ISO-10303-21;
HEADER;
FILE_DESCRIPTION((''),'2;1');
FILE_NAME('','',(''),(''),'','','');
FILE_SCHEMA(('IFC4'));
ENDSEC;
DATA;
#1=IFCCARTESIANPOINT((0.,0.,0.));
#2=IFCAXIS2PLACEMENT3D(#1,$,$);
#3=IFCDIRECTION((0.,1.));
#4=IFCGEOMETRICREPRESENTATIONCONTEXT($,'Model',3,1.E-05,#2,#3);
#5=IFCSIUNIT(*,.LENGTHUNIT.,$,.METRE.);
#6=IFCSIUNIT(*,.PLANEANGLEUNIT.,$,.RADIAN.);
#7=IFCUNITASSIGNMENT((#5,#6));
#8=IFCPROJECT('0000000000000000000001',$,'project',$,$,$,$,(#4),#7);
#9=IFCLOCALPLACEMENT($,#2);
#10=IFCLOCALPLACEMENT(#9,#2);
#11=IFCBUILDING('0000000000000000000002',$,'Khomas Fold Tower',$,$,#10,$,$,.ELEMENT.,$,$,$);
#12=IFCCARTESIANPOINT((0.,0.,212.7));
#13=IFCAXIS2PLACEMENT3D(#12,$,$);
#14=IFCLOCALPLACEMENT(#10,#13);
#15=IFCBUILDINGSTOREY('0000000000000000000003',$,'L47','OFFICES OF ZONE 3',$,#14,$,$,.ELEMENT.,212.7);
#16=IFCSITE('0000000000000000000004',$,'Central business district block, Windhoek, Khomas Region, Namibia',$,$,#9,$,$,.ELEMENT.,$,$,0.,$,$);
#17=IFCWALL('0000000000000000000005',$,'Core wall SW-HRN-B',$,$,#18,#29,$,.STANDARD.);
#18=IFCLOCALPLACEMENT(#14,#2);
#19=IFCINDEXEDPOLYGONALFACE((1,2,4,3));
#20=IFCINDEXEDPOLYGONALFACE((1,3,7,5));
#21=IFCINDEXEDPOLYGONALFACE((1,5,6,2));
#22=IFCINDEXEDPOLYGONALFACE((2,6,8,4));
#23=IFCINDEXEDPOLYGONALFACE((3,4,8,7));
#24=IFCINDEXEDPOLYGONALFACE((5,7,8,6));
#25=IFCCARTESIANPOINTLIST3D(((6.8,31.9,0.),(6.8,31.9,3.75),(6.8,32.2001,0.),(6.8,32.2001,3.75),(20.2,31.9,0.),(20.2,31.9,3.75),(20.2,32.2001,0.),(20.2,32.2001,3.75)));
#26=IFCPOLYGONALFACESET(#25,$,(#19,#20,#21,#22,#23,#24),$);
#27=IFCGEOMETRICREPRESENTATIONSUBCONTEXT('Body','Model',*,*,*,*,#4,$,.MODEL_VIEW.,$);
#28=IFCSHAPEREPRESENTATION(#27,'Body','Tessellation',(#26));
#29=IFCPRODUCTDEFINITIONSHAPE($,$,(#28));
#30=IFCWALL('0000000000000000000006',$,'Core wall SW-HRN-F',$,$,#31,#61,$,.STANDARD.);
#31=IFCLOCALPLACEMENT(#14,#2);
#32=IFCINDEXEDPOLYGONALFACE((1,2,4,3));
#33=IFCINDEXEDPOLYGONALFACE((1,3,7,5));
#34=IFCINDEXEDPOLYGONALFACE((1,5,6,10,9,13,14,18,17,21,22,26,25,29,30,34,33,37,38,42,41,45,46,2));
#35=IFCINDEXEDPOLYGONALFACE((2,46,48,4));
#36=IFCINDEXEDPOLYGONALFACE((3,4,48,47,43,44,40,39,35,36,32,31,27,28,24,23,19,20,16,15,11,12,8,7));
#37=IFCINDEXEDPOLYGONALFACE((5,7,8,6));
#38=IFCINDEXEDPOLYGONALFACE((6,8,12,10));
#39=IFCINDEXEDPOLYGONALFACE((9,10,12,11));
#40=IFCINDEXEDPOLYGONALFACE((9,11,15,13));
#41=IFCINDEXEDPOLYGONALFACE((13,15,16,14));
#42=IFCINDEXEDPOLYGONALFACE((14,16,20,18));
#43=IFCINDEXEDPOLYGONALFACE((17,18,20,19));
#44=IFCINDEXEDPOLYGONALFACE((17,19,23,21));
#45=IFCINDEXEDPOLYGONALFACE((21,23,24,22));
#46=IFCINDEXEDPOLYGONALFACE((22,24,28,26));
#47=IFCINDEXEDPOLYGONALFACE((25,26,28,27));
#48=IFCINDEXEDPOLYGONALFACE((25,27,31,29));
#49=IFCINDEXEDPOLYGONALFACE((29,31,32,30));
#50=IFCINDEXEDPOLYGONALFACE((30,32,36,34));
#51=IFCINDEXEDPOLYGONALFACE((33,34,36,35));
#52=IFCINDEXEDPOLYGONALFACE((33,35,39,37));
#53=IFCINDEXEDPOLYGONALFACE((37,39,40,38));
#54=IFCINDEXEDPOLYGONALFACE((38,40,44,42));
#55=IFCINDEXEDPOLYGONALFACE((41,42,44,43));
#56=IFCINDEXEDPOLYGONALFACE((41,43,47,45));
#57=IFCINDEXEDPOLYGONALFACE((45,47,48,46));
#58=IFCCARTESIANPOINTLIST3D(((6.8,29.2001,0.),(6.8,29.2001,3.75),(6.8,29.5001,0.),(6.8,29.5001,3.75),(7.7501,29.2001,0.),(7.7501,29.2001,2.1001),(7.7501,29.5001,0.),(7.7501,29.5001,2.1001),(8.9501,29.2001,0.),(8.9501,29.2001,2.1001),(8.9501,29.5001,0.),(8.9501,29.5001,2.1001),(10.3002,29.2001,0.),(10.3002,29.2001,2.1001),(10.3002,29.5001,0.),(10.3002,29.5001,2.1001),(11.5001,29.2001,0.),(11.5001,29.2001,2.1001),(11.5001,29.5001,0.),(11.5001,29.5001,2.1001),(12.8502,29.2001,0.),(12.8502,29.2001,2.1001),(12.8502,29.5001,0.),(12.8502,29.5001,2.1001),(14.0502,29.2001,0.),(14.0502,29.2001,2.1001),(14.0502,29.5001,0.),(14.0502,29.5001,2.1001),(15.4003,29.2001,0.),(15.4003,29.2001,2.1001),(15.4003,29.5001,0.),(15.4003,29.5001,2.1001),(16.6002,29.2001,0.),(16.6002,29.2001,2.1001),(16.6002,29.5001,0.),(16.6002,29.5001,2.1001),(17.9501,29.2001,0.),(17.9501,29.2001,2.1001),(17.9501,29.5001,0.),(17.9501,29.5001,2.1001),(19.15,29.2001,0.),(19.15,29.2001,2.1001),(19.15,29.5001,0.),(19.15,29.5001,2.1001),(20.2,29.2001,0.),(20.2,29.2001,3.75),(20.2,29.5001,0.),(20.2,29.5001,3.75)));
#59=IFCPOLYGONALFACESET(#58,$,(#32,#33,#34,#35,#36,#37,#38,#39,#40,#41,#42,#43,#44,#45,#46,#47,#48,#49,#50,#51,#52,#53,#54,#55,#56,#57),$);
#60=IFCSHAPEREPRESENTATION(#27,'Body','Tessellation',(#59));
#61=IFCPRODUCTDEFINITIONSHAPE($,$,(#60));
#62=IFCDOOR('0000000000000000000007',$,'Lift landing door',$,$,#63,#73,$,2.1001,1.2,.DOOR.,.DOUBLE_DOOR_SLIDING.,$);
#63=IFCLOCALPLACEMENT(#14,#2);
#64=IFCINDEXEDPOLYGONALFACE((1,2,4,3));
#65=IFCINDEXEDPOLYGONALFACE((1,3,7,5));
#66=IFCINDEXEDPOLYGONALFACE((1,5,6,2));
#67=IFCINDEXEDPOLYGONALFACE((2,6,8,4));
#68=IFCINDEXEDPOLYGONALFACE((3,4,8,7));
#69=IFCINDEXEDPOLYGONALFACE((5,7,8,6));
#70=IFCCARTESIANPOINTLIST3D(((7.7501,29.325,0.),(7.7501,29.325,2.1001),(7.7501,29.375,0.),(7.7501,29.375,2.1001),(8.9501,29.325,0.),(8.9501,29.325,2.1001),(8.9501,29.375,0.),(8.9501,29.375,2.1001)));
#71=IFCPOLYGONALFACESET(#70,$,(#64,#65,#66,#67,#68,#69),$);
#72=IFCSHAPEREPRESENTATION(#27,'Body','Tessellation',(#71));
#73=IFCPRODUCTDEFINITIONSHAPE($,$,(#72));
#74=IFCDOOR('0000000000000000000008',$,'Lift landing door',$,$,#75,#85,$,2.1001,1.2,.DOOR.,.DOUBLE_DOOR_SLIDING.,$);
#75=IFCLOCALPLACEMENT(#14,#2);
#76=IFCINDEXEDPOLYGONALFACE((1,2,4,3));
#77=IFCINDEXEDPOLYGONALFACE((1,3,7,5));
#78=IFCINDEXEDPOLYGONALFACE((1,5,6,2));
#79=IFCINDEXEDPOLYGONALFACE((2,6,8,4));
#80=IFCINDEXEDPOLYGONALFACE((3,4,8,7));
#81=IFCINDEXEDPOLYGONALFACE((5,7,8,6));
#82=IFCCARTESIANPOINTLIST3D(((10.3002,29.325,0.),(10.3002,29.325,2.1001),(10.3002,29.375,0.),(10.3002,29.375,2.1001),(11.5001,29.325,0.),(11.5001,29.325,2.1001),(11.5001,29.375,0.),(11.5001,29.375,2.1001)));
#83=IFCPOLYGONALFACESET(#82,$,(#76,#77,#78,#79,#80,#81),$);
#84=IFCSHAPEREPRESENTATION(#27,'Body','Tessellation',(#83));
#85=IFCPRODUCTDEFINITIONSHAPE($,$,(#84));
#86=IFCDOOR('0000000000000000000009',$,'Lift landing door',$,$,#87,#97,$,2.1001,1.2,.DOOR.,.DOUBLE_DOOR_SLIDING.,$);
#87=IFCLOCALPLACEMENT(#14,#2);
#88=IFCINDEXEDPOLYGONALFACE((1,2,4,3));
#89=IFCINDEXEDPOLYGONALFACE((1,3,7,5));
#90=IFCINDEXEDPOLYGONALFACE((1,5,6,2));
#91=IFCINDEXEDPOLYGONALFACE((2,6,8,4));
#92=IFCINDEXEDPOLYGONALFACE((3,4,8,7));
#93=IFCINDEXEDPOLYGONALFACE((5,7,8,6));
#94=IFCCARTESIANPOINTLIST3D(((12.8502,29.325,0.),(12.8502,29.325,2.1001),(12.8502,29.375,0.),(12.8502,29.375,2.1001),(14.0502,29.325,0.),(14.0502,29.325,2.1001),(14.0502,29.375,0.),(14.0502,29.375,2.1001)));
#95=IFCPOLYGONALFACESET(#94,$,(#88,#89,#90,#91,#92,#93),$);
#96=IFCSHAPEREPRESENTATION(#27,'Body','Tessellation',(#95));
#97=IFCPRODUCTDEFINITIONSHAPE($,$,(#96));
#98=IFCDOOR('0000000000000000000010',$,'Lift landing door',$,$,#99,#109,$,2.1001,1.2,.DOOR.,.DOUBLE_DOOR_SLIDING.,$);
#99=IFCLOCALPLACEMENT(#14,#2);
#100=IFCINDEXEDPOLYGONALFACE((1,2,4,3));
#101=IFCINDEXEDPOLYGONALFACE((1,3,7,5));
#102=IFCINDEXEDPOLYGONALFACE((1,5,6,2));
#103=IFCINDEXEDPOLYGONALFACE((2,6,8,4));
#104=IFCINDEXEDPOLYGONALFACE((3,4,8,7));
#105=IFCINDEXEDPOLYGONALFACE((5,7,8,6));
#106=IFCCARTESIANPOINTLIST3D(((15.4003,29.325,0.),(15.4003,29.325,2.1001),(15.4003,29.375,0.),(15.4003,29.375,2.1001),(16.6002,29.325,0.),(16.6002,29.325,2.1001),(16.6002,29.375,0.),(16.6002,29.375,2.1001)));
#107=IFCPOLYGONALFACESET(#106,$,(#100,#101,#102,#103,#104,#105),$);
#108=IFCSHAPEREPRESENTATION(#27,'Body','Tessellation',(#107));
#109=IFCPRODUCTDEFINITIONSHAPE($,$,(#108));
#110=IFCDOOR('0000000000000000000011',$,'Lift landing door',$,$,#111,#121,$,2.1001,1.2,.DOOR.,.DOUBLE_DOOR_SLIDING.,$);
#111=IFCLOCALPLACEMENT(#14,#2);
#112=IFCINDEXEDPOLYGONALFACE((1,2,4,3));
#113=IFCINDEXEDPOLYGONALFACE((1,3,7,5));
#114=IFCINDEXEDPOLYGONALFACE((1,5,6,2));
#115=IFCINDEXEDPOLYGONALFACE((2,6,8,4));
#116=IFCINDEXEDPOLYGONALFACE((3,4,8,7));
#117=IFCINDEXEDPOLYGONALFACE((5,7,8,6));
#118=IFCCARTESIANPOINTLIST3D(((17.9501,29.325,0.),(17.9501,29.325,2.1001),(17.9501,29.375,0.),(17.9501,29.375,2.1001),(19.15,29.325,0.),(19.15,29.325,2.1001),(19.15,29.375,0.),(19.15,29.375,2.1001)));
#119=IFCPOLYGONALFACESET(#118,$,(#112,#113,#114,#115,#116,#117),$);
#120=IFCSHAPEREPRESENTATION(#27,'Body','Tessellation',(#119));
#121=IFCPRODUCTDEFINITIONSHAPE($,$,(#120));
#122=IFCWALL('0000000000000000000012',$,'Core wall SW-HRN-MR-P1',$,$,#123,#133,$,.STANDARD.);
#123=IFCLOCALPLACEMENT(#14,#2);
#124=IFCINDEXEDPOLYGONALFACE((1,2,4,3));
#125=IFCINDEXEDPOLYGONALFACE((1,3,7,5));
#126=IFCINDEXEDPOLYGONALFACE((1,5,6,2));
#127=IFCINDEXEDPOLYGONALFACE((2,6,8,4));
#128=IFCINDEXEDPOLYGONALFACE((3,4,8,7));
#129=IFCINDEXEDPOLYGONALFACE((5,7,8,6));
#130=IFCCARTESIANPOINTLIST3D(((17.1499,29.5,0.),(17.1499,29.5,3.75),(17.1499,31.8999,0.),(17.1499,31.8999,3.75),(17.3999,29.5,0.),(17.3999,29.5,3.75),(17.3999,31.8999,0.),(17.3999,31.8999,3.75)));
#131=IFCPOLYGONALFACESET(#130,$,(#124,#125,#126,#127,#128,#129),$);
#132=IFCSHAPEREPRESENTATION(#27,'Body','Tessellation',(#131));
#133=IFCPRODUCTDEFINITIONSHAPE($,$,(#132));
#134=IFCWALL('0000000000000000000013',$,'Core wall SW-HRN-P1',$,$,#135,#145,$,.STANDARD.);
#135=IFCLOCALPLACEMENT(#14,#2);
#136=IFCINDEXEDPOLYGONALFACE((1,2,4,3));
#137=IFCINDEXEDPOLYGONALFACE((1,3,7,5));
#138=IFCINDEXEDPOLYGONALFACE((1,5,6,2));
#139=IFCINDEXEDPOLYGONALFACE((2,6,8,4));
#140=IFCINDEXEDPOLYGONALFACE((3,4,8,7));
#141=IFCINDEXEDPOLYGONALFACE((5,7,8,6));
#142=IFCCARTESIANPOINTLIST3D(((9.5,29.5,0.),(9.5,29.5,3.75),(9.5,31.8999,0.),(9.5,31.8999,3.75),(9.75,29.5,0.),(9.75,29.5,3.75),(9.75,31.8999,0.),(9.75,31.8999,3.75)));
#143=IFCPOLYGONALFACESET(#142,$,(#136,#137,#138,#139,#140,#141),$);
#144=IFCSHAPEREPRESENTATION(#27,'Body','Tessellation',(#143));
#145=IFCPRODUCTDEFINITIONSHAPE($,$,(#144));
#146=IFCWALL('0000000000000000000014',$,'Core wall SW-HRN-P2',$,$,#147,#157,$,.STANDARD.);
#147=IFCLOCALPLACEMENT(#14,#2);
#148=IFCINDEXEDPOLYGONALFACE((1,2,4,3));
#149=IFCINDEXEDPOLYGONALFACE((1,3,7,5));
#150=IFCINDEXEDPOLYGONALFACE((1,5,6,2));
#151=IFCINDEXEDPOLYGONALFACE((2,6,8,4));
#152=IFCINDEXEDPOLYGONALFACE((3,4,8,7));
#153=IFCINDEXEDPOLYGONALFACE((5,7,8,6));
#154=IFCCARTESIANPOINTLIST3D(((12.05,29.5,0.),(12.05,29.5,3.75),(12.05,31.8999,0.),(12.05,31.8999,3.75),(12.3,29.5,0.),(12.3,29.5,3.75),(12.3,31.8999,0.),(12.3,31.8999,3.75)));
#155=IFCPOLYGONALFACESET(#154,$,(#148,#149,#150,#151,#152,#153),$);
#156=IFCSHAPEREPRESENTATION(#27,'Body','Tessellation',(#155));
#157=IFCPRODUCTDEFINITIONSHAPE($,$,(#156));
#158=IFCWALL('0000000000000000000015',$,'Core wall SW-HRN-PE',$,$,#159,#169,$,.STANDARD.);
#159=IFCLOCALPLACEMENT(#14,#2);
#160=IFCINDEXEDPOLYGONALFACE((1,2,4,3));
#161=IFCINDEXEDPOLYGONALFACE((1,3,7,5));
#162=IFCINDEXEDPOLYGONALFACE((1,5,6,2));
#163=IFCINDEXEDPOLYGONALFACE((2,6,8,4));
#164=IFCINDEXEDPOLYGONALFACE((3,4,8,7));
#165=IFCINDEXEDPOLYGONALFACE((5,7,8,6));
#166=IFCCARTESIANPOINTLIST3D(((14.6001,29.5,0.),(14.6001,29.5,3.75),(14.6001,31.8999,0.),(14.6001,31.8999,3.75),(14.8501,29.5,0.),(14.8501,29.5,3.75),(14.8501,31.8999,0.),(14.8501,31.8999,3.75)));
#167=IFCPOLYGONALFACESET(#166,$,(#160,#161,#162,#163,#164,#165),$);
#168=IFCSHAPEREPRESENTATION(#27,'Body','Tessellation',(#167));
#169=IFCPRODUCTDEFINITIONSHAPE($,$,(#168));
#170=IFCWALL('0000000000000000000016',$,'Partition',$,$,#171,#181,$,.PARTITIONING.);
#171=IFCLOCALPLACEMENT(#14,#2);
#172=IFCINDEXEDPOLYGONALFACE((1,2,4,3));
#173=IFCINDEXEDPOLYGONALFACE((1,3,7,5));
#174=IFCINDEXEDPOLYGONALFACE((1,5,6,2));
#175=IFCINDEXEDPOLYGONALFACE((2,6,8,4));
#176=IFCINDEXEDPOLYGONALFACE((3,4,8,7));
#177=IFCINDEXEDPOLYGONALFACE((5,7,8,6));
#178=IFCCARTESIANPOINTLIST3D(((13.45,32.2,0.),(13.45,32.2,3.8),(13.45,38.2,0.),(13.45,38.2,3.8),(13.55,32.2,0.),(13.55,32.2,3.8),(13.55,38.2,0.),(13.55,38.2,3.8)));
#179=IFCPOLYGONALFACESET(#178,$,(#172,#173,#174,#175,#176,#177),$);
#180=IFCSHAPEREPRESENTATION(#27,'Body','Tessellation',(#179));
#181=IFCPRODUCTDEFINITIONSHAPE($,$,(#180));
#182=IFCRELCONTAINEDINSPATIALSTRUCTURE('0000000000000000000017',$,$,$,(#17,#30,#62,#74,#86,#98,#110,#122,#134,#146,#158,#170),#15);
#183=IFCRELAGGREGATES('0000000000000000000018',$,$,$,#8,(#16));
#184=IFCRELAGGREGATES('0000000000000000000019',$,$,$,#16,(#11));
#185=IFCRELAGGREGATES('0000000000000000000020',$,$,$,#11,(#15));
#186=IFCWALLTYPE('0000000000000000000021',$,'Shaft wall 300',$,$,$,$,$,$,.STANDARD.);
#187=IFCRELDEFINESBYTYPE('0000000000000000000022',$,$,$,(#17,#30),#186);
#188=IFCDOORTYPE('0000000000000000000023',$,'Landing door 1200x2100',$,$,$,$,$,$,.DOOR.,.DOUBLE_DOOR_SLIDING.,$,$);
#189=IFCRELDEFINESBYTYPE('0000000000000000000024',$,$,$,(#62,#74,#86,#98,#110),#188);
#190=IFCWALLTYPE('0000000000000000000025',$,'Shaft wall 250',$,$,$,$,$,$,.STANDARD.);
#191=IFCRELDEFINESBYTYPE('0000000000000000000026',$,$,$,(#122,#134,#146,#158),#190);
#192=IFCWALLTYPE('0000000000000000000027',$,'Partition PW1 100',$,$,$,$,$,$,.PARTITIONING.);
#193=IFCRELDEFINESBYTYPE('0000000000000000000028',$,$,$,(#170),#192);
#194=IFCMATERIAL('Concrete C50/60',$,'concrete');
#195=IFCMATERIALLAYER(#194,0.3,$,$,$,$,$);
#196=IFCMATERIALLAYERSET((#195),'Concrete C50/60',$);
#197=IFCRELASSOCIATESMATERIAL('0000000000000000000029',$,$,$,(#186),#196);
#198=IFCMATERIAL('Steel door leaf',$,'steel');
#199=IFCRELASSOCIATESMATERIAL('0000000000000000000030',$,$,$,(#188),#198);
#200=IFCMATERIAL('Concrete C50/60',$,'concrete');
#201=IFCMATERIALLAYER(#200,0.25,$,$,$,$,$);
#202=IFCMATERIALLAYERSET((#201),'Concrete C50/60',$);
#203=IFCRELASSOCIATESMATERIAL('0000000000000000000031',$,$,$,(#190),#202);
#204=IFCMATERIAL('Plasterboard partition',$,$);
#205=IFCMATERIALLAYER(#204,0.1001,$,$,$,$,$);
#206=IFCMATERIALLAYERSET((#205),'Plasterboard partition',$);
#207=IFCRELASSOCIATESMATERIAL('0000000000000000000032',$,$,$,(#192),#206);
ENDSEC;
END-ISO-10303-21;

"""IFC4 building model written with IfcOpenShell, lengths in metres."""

from ifc_helpers import new_model, si_unit, direction, frame, frame_2d, origin, place, context, subcontext, project, spatial, rectangle, extrude, source, transform, mapped, material, layer, layer_set, type_object, element, fill, save


model = new_model("IFC4")

# Units and contexts
model_context = context("Model", 3, precision=1e-05, world=origin(), true_north=direction((0.0, 1.0)))
body_context = subcontext(model_context, "Body", "Model", "MODEL_VIEW")
ifc_project = project(units=[si_unit("LENGTHUNIT", "METRE"), si_unit("PLANEANGLEUNIT", "RADIAN")], contexts=[model_context])

# Site, building, storey
site_placement = place(None, origin())
site = spatial("IfcSite", under=ifc_project, at=site_placement, Name="Central business district block, Windhoek, Khomas Region, Namibia", CompositionType="ELEMENT", RefElevation=0.0)
building_placement = place(site_placement, origin())
building = spatial("IfcBuilding", under=site, at=building_placement, Name="Khomas Fold Tower", CompositionType="ELEMENT")
storey_placement = place(building_placement, frame((0.0, 0.0, 212.7)))
storey = spatial("IfcBuildingStorey", under=building, at=storey_placement, Name="L47", Description="OFFICES OF ZONE 3", CompositionType="ELEMENT", Elevation=212.7)

# Wall
ifc_material_1 = material(Name="Concrete C50/60", Category="concrete")
ifc_layer_1 = layer(ifc_material_1, 0.3)
ifc_layer_set_1 = layer_set([ifc_layer_1], Name="Concrete C50/60")
wall_type_1 = type_object("IfcWallType", Name="Shaft wall 300", PredefinedType="STANDARD", material=ifc_layer_set_1)
shared_shape_1 = source(origin(), body_context, "Body", "SweptSolid", [
    extrude(rectangle(XDim=13.3999, YDim=0.3, at=frame_2d((6.7, 0.0))), origin(), (0.0, 0.0, 1.0), 3.75),
])
wall_1_placement = place(storey_placement, frame((6.8, 32.05, 0.0), z_axis=(0.0, 0.0, 1.0), x_axis=(1.0, 0.0, 0.0)))
element("IfcWall", 1, at=wall_1_placement, inside=storey, type_object=wall_type_1, Name="Core wall SW-HRN-B", PredefinedType="STANDARD", context=body_context, shape_type="MappedRepresentation", body=[
    mapped(shared_shape_1, transform((0.0, 0.0, 0.0))),
])

# Wall, openings, doors
wall_2_placement = place(storey_placement, frame((6.8, 29.3501, 0.0), z_axis=(0.0, 0.0, 1.0), x_axis=(1.0, 0.0, 0.0)))
wall_2 = element("IfcWall", 2, at=wall_2_placement, inside=storey, type_object=wall_type_1, Name="Core wall SW-HRN-F", PredefinedType="STANDARD", context=body_context, shape_type="MappedRepresentation", body=[
    mapped(shared_shape_1, transform((0.0, 0.0, 0.0))),
])
shared_shape_2 = source(origin(), body_context, "Body", "SweptSolid", [
    extrude(rectangle(XDim=1.2, YDim=2.1001, at=frame_2d((0.6001, 1.05))), frame((0.0, 0.1599, 0.0), z_axis=(0.0, -1.0, 0.0), x_axis=(1.0, 0.0, 0.0)), (0.0, 0.0, 1.0), 0.3201),
])
opening_1_placement = place(wall_2_placement, frame((0.95, 0.0, 0.0)))
opening_1 = element("IfcOpeningElement", 3, at=opening_1_placement, cuts=wall_2, PredefinedType="OPENING", context=body_context, shape_type="MappedRepresentation", body=[
    mapped(shared_shape_2, transform((0.0, 0.0, 0.0))),
])
opening_2_placement = place(wall_2_placement, frame((3.5, 0.0, 0.0)))
opening_2 = element("IfcOpeningElement", 4, at=opening_2_placement, cuts=wall_2, PredefinedType="OPENING", context=body_context, shape_type="MappedRepresentation", body=[
    mapped(shared_shape_2, transform((0.0, 0.0, 0.0))),
])
opening_3_placement = place(wall_2_placement, frame((6.05, 0.0, 0.0)))
opening_3 = element("IfcOpeningElement", 5, at=opening_3_placement, cuts=wall_2, PredefinedType="OPENING", context=body_context, shape_type="MappedRepresentation", body=[
    mapped(shared_shape_2, transform((0.0, 0.0, 0.0))),
])
opening_4_placement = place(wall_2_placement, frame((8.6001, 0.0, 0.0)))
opening_4 = element("IfcOpeningElement", 6, at=opening_4_placement, cuts=wall_2, PredefinedType="OPENING", context=body_context, shape_type="MappedRepresentation", body=[
    mapped(shared_shape_2, transform((0.0, 0.0, 0.0))),
])
opening_5_placement = place(wall_2_placement, frame((11.1499, 0.0, 0.0)))
opening_5 = element("IfcOpeningElement", 7, at=opening_5_placement, cuts=wall_2, PredefinedType="OPENING", context=body_context, shape_type="MappedRepresentation", body=[
    mapped(shared_shape_2, transform((0.0, 0.0, 0.0))),
])
ifc_material_2 = material(Name="Steel door leaf", Category="steel")
door_type_1 = type_object("IfcDoorType", Name="Landing door 1200x2100", OperationType="DOUBLE_DOOR_SLIDING", PredefinedType="DOOR", material=ifc_material_2)
shared_shape_3 = source(origin(), body_context, "Body", "SweptSolid", [
    extrude(rectangle(XDim=1.2, YDim=2.1001, at=frame_2d((0.6001, 1.05))), frame((0.0, 0.0249, 0.0), z_axis=(0.0, -1.0, 0.0), x_axis=(1.0, 0.0, 0.0)), (0.0, 0.0, 1.0), 0.05),
])
door_1_placement = place(opening_1_placement, origin())
door_1 = element("IfcDoor", 8, at=door_1_placement, inside=storey, type_object=door_type_1, Name="Lift landing door", OperationType="DOUBLE_DOOR_SLIDING", OverallHeight=2.1001, OverallWidth=1.2, PredefinedType="DOOR", context=body_context, shape_type="MappedRepresentation", body=[
    mapped(shared_shape_3, transform((0.0, 0.0, 0.0))),
])
fill(opening_1, door_1)
door_2_placement = place(opening_2_placement, origin())
door_2 = element("IfcDoor", 9, at=door_2_placement, inside=storey, type_object=door_type_1, Name="Lift landing door", OperationType="DOUBLE_DOOR_SLIDING", OverallHeight=2.1001, OverallWidth=1.2, PredefinedType="DOOR", context=body_context, shape_type="MappedRepresentation", body=[
    mapped(shared_shape_3, transform((0.0, 0.0, 0.0))),
])
fill(opening_2, door_2)
door_3_placement = place(opening_3_placement, origin())
door_3 = element("IfcDoor", 10, at=door_3_placement, inside=storey, type_object=door_type_1, Name="Lift landing door", OperationType="DOUBLE_DOOR_SLIDING", OverallHeight=2.1001, OverallWidth=1.2, PredefinedType="DOOR", context=body_context, shape_type="MappedRepresentation", body=[
    mapped(shared_shape_3, transform((0.0, 0.0, 0.0))),
])
fill(opening_3, door_3)
door_4_placement = place(opening_4_placement, origin())
door_4 = element("IfcDoor", 11, at=door_4_placement, inside=storey, type_object=door_type_1, Name="Lift landing door", OperationType="DOUBLE_DOOR_SLIDING", OverallHeight=2.1001, OverallWidth=1.2, PredefinedType="DOOR", context=body_context, shape_type="MappedRepresentation", body=[
    mapped(shared_shape_3, transform((0.0, 0.0, 0.0))),
])
fill(opening_4, door_4)
door_5_placement = place(opening_5_placement, origin())
door_5 = element("IfcDoor", 12, at=door_5_placement, inside=storey, type_object=door_type_1, Name="Lift landing door", OperationType="DOUBLE_DOOR_SLIDING", OverallHeight=2.1001, OverallWidth=1.2, PredefinedType="DOOR", context=body_context, shape_type="MappedRepresentation", body=[
    mapped(shared_shape_3, transform((0.0, 0.0, 0.0))),
])
fill(opening_5, door_5)

# Walls
ifc_material_3 = material(Name="Concrete C50/60", Category="concrete")
ifc_layer_2 = layer(ifc_material_3, 0.25)
ifc_layer_set_2 = layer_set([ifc_layer_2], Name="Concrete C50/60")
wall_type_2 = type_object("IfcWallType", Name="Shaft wall 250", PredefinedType="STANDARD", material=ifc_layer_set_2)
shared_shape_4 = source(origin(), body_context, "Body", "SweptSolid", [
    extrude(rectangle(XDim=2.3999, YDim=0.25, at=frame_2d((1.2, 0.0))), origin(), (0.0, 0.0, 1.0), 3.75),
])
for number, where, z_axis, x_axis, name in (
    (13, (17.2749, 29.5, 0.0), (0.0, 0.0, 1.0), (0.0, 1.0, 0.0), "Core wall SW-HRN-MR-P1"),
    (14, (9.625, 29.5, 0.0), (0.0, 0.0, 1.0), (0.0, 1.0, 0.0), "Core wall SW-HRN-P1"),
    (15, (12.175, 29.5, 0.0), (0.0, 0.0, 1.0), (0.0, 1.0, 0.0), "Core wall SW-HRN-P2"),
    (16, (14.7251, 29.5, 0.0), (0.0, 0.0, 1.0), (0.0, 1.0, 0.0), "Core wall SW-HRN-PE"),
):
    element("IfcWall", number, at=place(storey_placement, frame(where, z_axis=z_axis, x_axis=x_axis)), inside=storey, type_object=wall_type_2, Name=name, PredefinedType="STANDARD", context=body_context, shape_type="MappedRepresentation", body=[
        mapped(shared_shape_4, transform((0.0, 0.0, 0.0))),
    ])
ifc_material_4 = material(Name="Plasterboard partition")
ifc_layer_3 = layer(ifc_material_4, 0.1001)
ifc_layer_set_3 = layer_set([ifc_layer_3], Name="Plasterboard partition")
wall_type_3 = type_object("IfcWallType", Name="Partition PW1 100", PredefinedType="PARTITIONING", material=ifc_layer_set_3)
shared_shape_5 = source(origin(), body_context, "Body", "SweptSolid", [
    extrude(rectangle(XDim=6.0, YDim=0.1001, at=frame_2d((3.0, 0.0))), origin(), (0.0, 0.0, 1.0), 3.8),
])
for number, where, z_axis, x_axis, name in (
    (17, (13.5, 32.2, 0.0), (0.0, 0.0, 1.0), (0.0, 1.0, 0.0), "Partition"),
):
    element("IfcWall", number, at=place(storey_placement, frame(where, z_axis=z_axis, x_axis=x_axis)), inside=storey, type_object=wall_type_3, Name=name, PredefinedType="PARTITIONING", context=body_context, shape_type="MappedRepresentation", body=[
        mapped(shared_shape_5, transform((0.0, 0.0, 0.0))),
    ])

save(model, "model.ifc")
